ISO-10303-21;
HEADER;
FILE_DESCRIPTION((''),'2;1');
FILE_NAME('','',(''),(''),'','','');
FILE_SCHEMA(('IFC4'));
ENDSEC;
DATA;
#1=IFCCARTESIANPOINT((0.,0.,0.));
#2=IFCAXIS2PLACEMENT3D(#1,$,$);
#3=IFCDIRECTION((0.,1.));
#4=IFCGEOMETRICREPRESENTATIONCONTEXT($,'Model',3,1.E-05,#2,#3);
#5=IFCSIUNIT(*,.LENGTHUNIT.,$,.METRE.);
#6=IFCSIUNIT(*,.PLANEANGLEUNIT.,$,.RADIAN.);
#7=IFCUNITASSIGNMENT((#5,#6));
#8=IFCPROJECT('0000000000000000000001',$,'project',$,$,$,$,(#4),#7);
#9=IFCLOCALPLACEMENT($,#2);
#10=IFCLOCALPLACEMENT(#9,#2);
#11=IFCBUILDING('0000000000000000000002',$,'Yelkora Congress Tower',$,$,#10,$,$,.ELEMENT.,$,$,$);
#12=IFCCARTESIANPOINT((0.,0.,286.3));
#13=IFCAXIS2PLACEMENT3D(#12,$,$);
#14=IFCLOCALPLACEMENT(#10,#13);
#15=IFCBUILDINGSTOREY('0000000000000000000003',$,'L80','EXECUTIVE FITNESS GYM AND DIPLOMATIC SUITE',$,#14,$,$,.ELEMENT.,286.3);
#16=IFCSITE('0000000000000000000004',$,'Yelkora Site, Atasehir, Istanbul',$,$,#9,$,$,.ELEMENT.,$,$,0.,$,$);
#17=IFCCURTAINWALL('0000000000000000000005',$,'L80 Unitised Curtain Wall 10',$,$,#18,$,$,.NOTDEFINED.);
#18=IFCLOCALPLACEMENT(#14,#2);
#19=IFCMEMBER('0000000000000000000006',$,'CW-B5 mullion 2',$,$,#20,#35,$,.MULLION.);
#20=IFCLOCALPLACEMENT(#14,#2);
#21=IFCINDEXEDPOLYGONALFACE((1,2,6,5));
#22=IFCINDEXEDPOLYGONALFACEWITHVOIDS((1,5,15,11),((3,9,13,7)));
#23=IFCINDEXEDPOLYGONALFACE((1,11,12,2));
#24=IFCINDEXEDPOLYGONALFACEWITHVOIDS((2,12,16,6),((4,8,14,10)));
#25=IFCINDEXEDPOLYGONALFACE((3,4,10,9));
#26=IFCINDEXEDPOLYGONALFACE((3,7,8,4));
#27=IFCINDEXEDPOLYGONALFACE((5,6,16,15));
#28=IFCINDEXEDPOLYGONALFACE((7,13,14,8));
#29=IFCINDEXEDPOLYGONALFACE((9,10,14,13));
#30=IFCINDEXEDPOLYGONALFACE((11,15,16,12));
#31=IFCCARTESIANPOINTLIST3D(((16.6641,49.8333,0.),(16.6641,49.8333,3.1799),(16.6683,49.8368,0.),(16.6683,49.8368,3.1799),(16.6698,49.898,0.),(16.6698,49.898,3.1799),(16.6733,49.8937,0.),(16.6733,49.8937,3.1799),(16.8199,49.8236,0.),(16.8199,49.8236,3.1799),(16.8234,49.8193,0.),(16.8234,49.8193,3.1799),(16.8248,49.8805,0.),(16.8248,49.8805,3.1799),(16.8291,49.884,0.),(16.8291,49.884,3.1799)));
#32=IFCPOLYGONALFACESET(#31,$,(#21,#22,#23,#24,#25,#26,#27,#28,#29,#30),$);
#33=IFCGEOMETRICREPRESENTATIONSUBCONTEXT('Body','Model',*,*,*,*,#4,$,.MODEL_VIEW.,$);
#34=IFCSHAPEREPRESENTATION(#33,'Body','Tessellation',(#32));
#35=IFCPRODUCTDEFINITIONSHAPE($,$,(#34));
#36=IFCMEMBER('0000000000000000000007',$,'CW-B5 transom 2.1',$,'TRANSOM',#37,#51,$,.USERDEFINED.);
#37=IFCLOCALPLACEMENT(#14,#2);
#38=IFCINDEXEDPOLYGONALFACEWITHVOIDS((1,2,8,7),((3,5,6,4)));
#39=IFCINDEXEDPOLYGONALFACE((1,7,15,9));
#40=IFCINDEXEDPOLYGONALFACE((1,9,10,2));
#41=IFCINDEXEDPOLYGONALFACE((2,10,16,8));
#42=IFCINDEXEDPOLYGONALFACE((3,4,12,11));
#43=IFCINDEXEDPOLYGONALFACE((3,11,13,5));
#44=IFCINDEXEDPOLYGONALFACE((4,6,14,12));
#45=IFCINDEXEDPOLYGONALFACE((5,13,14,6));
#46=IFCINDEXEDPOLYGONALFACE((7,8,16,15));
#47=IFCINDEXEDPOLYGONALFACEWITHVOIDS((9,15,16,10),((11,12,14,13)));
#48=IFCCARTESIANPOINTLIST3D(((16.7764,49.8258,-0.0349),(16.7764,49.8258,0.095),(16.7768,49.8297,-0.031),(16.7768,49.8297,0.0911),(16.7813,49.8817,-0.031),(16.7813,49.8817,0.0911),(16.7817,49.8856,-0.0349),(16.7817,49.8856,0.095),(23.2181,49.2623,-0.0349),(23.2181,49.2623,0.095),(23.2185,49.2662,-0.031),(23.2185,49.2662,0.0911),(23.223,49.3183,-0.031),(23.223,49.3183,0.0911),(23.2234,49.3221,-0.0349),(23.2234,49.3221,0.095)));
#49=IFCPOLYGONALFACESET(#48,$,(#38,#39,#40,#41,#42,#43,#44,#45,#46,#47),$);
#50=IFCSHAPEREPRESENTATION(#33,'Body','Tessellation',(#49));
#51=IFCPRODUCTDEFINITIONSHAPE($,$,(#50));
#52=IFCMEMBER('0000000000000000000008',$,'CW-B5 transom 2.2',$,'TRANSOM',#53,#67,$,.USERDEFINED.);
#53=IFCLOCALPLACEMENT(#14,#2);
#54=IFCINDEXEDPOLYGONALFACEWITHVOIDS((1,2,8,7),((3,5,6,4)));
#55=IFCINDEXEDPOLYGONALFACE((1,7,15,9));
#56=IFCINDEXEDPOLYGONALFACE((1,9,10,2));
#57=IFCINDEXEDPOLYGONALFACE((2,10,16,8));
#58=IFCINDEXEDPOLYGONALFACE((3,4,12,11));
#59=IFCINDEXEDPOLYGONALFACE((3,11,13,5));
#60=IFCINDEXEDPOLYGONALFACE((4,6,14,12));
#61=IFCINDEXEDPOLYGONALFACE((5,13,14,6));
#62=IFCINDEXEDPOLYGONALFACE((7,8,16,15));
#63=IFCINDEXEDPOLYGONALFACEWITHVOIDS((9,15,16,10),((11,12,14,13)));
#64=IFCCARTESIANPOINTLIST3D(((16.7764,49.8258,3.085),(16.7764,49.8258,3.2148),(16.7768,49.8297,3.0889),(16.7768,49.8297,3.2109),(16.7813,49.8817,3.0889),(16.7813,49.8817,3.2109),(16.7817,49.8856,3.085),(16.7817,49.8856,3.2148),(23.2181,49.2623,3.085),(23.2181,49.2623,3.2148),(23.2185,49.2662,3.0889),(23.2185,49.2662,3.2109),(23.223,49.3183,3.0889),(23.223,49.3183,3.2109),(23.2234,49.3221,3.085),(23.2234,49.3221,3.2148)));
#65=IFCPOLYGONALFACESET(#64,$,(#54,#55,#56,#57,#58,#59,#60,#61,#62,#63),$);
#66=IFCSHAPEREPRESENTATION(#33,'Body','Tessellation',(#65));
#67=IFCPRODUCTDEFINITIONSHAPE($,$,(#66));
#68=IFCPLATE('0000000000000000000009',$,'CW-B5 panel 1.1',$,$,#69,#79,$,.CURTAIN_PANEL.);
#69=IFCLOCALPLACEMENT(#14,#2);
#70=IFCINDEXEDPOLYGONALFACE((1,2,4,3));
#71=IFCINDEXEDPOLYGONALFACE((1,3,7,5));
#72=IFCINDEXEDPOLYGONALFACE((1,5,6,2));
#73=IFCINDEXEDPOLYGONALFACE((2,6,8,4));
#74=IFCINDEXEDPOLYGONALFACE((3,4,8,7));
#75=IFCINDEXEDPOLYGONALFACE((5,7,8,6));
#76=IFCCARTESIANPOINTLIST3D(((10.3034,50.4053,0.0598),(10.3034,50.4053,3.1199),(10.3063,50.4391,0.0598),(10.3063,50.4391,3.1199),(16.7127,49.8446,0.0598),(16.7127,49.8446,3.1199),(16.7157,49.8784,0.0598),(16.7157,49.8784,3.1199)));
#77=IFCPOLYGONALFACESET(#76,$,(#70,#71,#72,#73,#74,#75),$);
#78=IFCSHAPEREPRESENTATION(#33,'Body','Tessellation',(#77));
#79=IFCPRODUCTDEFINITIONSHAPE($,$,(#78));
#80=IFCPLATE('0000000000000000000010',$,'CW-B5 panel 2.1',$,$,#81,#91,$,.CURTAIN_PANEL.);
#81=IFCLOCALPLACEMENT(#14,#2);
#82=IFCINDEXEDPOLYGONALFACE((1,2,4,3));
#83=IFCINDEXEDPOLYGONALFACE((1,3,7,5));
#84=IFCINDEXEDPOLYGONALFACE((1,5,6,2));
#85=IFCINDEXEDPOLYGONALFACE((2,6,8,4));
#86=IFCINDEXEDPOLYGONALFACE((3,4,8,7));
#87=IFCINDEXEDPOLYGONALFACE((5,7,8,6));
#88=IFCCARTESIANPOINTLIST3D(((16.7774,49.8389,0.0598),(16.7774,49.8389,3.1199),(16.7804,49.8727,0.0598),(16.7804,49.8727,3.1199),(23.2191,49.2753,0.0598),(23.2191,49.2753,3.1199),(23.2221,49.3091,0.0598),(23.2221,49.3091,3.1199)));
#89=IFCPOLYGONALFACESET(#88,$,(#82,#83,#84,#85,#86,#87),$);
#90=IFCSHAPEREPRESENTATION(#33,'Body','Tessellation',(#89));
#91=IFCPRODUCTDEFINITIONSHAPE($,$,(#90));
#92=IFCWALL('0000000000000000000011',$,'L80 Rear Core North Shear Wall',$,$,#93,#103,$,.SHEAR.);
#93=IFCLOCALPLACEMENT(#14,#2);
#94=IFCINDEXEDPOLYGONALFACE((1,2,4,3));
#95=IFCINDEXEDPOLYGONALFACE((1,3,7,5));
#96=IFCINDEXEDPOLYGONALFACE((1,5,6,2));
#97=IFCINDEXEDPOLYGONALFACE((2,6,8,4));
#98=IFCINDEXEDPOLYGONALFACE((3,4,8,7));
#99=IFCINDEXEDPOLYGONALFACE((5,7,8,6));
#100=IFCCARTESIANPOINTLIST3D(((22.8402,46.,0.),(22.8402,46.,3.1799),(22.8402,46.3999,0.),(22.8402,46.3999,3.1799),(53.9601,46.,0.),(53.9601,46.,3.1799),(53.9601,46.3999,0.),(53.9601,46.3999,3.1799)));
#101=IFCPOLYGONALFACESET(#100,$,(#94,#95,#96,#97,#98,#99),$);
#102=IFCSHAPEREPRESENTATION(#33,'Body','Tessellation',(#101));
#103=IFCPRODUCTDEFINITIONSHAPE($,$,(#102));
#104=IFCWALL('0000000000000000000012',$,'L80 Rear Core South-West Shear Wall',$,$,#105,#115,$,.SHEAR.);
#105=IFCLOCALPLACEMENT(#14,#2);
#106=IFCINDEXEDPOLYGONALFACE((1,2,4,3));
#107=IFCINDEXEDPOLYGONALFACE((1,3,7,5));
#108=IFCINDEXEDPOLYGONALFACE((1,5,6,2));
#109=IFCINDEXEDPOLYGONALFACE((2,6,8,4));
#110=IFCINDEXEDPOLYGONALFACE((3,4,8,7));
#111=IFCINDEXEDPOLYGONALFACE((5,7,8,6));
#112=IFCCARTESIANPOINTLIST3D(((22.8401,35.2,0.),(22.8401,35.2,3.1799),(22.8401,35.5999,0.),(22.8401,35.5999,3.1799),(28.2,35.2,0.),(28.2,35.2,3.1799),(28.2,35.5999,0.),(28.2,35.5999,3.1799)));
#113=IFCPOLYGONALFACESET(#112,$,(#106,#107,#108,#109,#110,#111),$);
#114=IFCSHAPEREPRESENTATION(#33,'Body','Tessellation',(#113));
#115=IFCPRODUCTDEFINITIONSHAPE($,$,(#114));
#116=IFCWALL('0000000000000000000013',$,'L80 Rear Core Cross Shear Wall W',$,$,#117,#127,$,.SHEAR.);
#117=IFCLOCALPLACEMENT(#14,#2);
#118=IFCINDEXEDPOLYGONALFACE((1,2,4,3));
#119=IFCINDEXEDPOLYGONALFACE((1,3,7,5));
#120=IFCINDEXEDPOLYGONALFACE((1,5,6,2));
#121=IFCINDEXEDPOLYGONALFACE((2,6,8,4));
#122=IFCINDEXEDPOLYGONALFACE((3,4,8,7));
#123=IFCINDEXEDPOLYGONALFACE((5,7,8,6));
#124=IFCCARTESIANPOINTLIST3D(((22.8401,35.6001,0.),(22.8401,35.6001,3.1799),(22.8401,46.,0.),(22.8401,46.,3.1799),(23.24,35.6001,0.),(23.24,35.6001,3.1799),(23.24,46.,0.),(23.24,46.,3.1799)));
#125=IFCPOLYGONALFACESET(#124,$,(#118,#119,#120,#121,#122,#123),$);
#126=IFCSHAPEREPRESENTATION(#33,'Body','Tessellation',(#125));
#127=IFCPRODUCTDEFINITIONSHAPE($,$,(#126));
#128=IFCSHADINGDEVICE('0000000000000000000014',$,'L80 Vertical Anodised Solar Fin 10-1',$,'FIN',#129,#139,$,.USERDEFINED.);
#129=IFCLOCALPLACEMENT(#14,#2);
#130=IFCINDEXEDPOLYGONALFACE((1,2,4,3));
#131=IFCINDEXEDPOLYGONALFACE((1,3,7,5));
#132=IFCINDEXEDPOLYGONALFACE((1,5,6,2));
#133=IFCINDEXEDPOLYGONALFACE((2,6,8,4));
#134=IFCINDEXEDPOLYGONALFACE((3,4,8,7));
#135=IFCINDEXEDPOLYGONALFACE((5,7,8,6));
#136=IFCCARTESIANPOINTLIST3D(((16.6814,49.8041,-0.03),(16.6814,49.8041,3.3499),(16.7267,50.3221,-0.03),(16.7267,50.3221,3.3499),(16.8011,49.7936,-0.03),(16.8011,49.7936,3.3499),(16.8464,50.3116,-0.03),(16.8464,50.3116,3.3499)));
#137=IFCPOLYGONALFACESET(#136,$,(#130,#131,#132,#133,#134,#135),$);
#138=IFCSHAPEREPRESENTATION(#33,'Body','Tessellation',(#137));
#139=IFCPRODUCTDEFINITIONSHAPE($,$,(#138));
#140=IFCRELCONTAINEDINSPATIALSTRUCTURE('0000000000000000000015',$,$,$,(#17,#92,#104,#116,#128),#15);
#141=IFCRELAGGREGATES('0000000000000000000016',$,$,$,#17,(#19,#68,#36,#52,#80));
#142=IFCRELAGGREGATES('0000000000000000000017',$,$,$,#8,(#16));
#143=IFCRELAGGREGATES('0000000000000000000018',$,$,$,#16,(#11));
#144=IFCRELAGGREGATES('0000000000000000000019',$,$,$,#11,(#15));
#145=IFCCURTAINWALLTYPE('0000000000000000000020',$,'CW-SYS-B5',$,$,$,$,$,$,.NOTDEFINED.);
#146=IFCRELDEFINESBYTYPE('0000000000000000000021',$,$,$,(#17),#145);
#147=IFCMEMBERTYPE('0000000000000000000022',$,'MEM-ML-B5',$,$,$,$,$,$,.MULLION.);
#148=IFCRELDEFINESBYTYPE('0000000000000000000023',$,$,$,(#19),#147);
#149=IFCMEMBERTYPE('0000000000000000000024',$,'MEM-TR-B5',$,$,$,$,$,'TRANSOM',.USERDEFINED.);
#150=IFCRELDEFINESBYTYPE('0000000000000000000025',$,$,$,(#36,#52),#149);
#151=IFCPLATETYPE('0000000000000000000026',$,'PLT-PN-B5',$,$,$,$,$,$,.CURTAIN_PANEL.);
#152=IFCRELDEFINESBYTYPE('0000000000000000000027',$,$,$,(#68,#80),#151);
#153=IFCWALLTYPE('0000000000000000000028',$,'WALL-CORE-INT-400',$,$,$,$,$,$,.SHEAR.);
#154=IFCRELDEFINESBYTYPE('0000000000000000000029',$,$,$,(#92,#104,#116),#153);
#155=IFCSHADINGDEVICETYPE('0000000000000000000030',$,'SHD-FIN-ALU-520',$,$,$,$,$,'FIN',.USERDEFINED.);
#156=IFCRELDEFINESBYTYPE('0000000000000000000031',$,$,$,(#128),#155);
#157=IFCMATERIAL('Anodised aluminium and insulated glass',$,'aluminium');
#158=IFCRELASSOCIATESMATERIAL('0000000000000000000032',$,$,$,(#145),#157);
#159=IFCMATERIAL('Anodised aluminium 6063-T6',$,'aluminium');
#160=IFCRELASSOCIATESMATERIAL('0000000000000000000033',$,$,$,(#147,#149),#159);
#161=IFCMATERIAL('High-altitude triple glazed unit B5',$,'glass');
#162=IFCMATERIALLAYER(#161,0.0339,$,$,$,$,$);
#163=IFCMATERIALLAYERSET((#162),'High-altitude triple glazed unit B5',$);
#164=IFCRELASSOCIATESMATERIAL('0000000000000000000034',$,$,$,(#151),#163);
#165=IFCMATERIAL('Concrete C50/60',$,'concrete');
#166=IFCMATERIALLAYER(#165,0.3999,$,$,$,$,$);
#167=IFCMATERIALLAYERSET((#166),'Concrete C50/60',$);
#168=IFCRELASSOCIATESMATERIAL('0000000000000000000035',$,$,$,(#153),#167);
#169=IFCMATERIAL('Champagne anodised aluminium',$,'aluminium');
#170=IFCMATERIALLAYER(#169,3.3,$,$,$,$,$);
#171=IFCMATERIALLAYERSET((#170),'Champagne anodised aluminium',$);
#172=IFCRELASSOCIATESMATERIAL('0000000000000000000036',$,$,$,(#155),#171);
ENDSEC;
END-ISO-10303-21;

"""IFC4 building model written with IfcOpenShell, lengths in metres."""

from ifc_helpers import new_model, si_unit, direction, frame, frame_2d, origin, origin_2d, place, context, subcontext, project, spatial, rectangle, hollow_rectangle, extrude, material, layer, layer_set, material_profile, profile_set, type_object, element, aggregate, save


model = new_model("IFC4")

# Units and contexts
model_context = context("Model", 3, precision=1e-05, world=origin(), true_north=direction((0.0, 1.0)))
body_context = subcontext(model_context, "Body", "Model", "MODEL_VIEW")
ifc_project = project(units=[si_unit("LENGTHUNIT", "METRE"), si_unit("PLANEANGLEUNIT", "RADIAN")], contexts=[model_context])

# Site, building, storey
site_placement = place(None, origin())
site = spatial("IfcSite", under=ifc_project, at=site_placement, Name="Yelkora Site, Atasehir, Istanbul", CompositionType="ELEMENT", RefElevation=0.0)
building_placement = place(site_placement, origin())
building = spatial("IfcBuilding", under=site, at=building_placement, Name="Yelkora Congress Tower", CompositionType="ELEMENT")
storey_placement = place(building_placement, frame((0.0, 0.0, 286.3)))
storey = spatial("IfcBuildingStorey", under=building, at=storey_placement, Name="L80", Description="EXECUTIVE FITNESS GYM AND DIPLOMATIC SUITE", CompositionType="ELEMENT", Elevation=286.3)

# Curtain wall, members, plates
ifc_material_1 = material(Name="Anodised aluminium and insulated glass", Category="aluminium")
curtain_wall_type = type_object("IfcCurtainWallType", Name="CW-SYS-B5", PredefinedType="NOTDEFINED", material=ifc_material_1)
curtain_wall_placement = place(storey_placement, origin())
curtain_wall = element("IfcCurtainWall", 1, at=curtain_wall_placement, inside=storey, type_object=curtain_wall_type, Name="L80 Unitised Curtain Wall 10", PredefinedType="NOTDEFINED")
ifc_material_2 = material(Name="Anodised aluminium 6063-T6", Category="aluminium")
ifc_material_profile_1 = material_profile(ifc_material_2, hollow_rectangle(XDim=0.0649, YDim=0.1599, WallThickness=0.0039, at=origin_2d()), Name="ALU 65x160x4")
ifc_profile_set_1 = profile_set([ifc_material_profile_1], Name="Anodised aluminium 6063-T6")
member_type_1 = type_object("IfcMemberType", Name="MEM-ML-B5", PredefinedType="MULLION", material=ifc_profile_set_1)
member_1_placement = place(storey_placement, frame((16.7466, 49.8586, 0.0), z_axis=(0.0, 0.0, 1.0), x_axis=(0.087157, 0.996195, 0.0)))
member_1 = element("IfcMember", 2, at=member_1_placement, type_object=member_type_1, Name="CW-B5 mullion 2", PredefinedType="MULLION", context=body_context, shape_type="SweptSolid", body=[
    extrude(hollow_rectangle(XDim=0.0649, YDim=0.1599, WallThickness=0.0039, at=origin_2d()), origin(), (0.0, 0.0, 1.0), 3.1799),
])
ifc_material_profile_2 = material_profile(ifc_material_2, hollow_rectangle(XDim=0.0601, YDim=0.1299, WallThickness=0.0039, at=origin_2d()), Name="ALU 60x130x4")
ifc_profile_set_2 = profile_set([ifc_material_profile_2], Name="Anodised aluminium 6063-T6")
member_type_2 = type_object("IfcMemberType", Name="MEM-TR-B5", ElementType="TRANSOM", PredefinedType="USERDEFINED", material=ifc_profile_set_2)
member_2_placement = place(storey_placement, frame((16.7791, 49.8557, 0.03), z_axis=(0.996196, -0.087141, 0.0), x_axis=(0.087141, 0.996196, 0.0)))
member_2 = element("IfcMember", 3, at=member_2_placement, type_object=member_type_2, Name="CW-B5 transom 2.1", ObjectType="TRANSOM", PredefinedType="USERDEFINED", context=body_context, shape_type="SweptSolid", body=[
    extrude(hollow_rectangle(XDim=0.0601, YDim=0.1299, WallThickness=0.0039, at=origin_2d()), origin(), (0.0, 0.0, 1.0), 6.4663),
])
member_3_placement = place(storey_placement, frame((16.7791, 49.8557, 3.1499), z_axis=(0.996196, -0.087141, 0.0), x_axis=(0.087141, 0.996196, 0.0)))
member_3 = element("IfcMember", 4, at=member_3_placement, type_object=member_type_2, Name="CW-B5 transom 2.2", ObjectType="TRANSOM", PredefinedType="USERDEFINED", context=body_context, shape_type="SweptSolid", body=[
    extrude(hollow_rectangle(XDim=0.0601, YDim=0.1299, WallThickness=0.0039, at=origin_2d()), origin(), (0.0, 0.0, 1.0), 6.4663),
])
ifc_material_3 = material(Name="High-altitude triple glazed unit B5", Category="glass")
ifc_layer_1 = layer(ifc_material_3, 0.0339)
ifc_layer_set_1 = layer_set([ifc_layer_1], Name="High-altitude triple glazed unit B5")
plate_type = type_object("IfcPlateType", Name="PLT-PN-B5", PredefinedType="CURTAIN_PANEL", material=ifc_layer_set_1)
plate_1_placement = place(storey_placement, frame((13.5095, 50.1418, 0.0598), z_axis=(0.0, 0.0, 1.0), x_axis=(0.996195, -0.087157, 0.0)))
plate_1 = element("IfcPlate", 5, at=plate_1_placement, type_object=plate_type, Name="CW-B5 panel 1.1", PredefinedType="CURTAIN_PANEL", context=body_context, shape_type="SweptSolid", body=[
    extrude(rectangle(XDim=6.4338, YDim=0.0339, at=origin_2d()), origin(), (0.0, 0.0, 1.0), 3.0601),
])
plate_2_placement = place(storey_placement, frame((19.9998, 49.574, 0.0598), z_axis=(0.0, 0.0, 1.0), x_axis=(0.996195, -0.087157, 0.0)))
plate_2 = element("IfcPlate", 6, at=plate_2_placement, type_object=plate_type, Name="CW-B5 panel 2.1", PredefinedType="CURTAIN_PANEL", context=body_context, shape_type="SweptSolid", body=[
    extrude(rectangle(XDim=6.4663, YDim=0.0339, at=origin_2d()), origin(), (0.0, 0.0, 1.0), 3.0601),
])
aggregate(curtain_wall, [member_1, plate_1, member_2, member_3, plate_2])

# Walls
ifc_material_4 = material(Name="Concrete C50/60", Category="concrete")
ifc_layer_2 = layer(ifc_material_4, 0.3999)
ifc_layer_set_2 = layer_set([ifc_layer_2], Name="Concrete C50/60")
wall_type = type_object("IfcWallType", Name="WALL-CORE-INT-400", PredefinedType="SHEAR", material=ifc_layer_set_2)
wall_1_placement = place(storey_placement, frame((22.8401, 46.2, 0.0), z_axis=(0.0, 0.0, 1.0), x_axis=(1.0, 0.0, 0.0)))
element("IfcWall", 7, at=wall_1_placement, inside=storey, type_object=wall_type, Name="L80 Rear Core North Shear Wall", PredefinedType="SHEAR", context=body_context, shape_type="SweptSolid", body=[
    extrude(rectangle(XDim=31.1199, YDim=0.3999, at=frame_2d((15.5601, 0.0))), origin(), (0.0, 0.0, 1.0), 3.1799),
])
wall_2_placement = place(storey_placement, frame((22.8401, 35.3999, 0.0), z_axis=(0.0, 0.0, 1.0), x_axis=(1.0, 0.0, 0.0)))
element("IfcWall", 8, at=wall_2_placement, inside=storey, type_object=wall_type, Name="L80 Rear Core South-West Shear Wall", PredefinedType="SHEAR", context=body_context, shape_type="SweptSolid", body=[
    extrude(rectangle(XDim=5.3599, YDim=0.3999, at=frame_2d((2.6799, 0.0))), origin(), (0.0, 0.0, 1.0), 3.1799),
])
wall_3_placement = place(storey_placement, frame((23.04, 35.6001, 0.0), z_axis=(0.0, 0.0, 1.0), x_axis=(0.0, 1.0, 0.0)))
element("IfcWall", 9, at=wall_3_placement, inside=storey, type_object=wall_type, Name="L80 Rear Core Cross Shear Wall W", PredefinedType="SHEAR", context=body_context, shape_type="SweptSolid", body=[
    extrude(rectangle(XDim=10.3999, YDim=0.3999, at=frame_2d((5.2, 0.0))), origin(), (0.0, 0.0, 1.0), 3.1799),
])

# Shading device
ifc_material_5 = material(Name="Champagne anodised aluminium", Category="aluminium")
ifc_layer_3 = layer(ifc_material_5, 3.3)
ifc_layer_set_3 = layer_set([ifc_layer_3], Name="Champagne anodised aluminium")
shading_device_type = type_object("IfcShadingDeviceType", Name="SHD-FIN-ALU-520", ElementType="FIN", PredefinedType="USERDEFINED", material=ifc_layer_set_3)
shading_device_placement = place(storey_placement, frame((16.7639, 50.0579, -0.03), z_axis=(0.0, 0.0, 1.0), x_axis=(0.996195, -0.087156, 0.0)))
element("IfcShadingDevice", 10, at=shading_device_placement, inside=storey, type_object=shading_device_type, Name="L80 Vertical Anodised Solar Fin 10-1", ObjectType="FIN", PredefinedType="USERDEFINED", context=body_context, shape_type="SweptSolid", body=[
    extrude(rectangle(XDim=0.1201, YDim=0.52, at=origin_2d()), origin(), (0.0, 0.0, 1.0), 3.3799),
])

save(model, "model.ifc")
